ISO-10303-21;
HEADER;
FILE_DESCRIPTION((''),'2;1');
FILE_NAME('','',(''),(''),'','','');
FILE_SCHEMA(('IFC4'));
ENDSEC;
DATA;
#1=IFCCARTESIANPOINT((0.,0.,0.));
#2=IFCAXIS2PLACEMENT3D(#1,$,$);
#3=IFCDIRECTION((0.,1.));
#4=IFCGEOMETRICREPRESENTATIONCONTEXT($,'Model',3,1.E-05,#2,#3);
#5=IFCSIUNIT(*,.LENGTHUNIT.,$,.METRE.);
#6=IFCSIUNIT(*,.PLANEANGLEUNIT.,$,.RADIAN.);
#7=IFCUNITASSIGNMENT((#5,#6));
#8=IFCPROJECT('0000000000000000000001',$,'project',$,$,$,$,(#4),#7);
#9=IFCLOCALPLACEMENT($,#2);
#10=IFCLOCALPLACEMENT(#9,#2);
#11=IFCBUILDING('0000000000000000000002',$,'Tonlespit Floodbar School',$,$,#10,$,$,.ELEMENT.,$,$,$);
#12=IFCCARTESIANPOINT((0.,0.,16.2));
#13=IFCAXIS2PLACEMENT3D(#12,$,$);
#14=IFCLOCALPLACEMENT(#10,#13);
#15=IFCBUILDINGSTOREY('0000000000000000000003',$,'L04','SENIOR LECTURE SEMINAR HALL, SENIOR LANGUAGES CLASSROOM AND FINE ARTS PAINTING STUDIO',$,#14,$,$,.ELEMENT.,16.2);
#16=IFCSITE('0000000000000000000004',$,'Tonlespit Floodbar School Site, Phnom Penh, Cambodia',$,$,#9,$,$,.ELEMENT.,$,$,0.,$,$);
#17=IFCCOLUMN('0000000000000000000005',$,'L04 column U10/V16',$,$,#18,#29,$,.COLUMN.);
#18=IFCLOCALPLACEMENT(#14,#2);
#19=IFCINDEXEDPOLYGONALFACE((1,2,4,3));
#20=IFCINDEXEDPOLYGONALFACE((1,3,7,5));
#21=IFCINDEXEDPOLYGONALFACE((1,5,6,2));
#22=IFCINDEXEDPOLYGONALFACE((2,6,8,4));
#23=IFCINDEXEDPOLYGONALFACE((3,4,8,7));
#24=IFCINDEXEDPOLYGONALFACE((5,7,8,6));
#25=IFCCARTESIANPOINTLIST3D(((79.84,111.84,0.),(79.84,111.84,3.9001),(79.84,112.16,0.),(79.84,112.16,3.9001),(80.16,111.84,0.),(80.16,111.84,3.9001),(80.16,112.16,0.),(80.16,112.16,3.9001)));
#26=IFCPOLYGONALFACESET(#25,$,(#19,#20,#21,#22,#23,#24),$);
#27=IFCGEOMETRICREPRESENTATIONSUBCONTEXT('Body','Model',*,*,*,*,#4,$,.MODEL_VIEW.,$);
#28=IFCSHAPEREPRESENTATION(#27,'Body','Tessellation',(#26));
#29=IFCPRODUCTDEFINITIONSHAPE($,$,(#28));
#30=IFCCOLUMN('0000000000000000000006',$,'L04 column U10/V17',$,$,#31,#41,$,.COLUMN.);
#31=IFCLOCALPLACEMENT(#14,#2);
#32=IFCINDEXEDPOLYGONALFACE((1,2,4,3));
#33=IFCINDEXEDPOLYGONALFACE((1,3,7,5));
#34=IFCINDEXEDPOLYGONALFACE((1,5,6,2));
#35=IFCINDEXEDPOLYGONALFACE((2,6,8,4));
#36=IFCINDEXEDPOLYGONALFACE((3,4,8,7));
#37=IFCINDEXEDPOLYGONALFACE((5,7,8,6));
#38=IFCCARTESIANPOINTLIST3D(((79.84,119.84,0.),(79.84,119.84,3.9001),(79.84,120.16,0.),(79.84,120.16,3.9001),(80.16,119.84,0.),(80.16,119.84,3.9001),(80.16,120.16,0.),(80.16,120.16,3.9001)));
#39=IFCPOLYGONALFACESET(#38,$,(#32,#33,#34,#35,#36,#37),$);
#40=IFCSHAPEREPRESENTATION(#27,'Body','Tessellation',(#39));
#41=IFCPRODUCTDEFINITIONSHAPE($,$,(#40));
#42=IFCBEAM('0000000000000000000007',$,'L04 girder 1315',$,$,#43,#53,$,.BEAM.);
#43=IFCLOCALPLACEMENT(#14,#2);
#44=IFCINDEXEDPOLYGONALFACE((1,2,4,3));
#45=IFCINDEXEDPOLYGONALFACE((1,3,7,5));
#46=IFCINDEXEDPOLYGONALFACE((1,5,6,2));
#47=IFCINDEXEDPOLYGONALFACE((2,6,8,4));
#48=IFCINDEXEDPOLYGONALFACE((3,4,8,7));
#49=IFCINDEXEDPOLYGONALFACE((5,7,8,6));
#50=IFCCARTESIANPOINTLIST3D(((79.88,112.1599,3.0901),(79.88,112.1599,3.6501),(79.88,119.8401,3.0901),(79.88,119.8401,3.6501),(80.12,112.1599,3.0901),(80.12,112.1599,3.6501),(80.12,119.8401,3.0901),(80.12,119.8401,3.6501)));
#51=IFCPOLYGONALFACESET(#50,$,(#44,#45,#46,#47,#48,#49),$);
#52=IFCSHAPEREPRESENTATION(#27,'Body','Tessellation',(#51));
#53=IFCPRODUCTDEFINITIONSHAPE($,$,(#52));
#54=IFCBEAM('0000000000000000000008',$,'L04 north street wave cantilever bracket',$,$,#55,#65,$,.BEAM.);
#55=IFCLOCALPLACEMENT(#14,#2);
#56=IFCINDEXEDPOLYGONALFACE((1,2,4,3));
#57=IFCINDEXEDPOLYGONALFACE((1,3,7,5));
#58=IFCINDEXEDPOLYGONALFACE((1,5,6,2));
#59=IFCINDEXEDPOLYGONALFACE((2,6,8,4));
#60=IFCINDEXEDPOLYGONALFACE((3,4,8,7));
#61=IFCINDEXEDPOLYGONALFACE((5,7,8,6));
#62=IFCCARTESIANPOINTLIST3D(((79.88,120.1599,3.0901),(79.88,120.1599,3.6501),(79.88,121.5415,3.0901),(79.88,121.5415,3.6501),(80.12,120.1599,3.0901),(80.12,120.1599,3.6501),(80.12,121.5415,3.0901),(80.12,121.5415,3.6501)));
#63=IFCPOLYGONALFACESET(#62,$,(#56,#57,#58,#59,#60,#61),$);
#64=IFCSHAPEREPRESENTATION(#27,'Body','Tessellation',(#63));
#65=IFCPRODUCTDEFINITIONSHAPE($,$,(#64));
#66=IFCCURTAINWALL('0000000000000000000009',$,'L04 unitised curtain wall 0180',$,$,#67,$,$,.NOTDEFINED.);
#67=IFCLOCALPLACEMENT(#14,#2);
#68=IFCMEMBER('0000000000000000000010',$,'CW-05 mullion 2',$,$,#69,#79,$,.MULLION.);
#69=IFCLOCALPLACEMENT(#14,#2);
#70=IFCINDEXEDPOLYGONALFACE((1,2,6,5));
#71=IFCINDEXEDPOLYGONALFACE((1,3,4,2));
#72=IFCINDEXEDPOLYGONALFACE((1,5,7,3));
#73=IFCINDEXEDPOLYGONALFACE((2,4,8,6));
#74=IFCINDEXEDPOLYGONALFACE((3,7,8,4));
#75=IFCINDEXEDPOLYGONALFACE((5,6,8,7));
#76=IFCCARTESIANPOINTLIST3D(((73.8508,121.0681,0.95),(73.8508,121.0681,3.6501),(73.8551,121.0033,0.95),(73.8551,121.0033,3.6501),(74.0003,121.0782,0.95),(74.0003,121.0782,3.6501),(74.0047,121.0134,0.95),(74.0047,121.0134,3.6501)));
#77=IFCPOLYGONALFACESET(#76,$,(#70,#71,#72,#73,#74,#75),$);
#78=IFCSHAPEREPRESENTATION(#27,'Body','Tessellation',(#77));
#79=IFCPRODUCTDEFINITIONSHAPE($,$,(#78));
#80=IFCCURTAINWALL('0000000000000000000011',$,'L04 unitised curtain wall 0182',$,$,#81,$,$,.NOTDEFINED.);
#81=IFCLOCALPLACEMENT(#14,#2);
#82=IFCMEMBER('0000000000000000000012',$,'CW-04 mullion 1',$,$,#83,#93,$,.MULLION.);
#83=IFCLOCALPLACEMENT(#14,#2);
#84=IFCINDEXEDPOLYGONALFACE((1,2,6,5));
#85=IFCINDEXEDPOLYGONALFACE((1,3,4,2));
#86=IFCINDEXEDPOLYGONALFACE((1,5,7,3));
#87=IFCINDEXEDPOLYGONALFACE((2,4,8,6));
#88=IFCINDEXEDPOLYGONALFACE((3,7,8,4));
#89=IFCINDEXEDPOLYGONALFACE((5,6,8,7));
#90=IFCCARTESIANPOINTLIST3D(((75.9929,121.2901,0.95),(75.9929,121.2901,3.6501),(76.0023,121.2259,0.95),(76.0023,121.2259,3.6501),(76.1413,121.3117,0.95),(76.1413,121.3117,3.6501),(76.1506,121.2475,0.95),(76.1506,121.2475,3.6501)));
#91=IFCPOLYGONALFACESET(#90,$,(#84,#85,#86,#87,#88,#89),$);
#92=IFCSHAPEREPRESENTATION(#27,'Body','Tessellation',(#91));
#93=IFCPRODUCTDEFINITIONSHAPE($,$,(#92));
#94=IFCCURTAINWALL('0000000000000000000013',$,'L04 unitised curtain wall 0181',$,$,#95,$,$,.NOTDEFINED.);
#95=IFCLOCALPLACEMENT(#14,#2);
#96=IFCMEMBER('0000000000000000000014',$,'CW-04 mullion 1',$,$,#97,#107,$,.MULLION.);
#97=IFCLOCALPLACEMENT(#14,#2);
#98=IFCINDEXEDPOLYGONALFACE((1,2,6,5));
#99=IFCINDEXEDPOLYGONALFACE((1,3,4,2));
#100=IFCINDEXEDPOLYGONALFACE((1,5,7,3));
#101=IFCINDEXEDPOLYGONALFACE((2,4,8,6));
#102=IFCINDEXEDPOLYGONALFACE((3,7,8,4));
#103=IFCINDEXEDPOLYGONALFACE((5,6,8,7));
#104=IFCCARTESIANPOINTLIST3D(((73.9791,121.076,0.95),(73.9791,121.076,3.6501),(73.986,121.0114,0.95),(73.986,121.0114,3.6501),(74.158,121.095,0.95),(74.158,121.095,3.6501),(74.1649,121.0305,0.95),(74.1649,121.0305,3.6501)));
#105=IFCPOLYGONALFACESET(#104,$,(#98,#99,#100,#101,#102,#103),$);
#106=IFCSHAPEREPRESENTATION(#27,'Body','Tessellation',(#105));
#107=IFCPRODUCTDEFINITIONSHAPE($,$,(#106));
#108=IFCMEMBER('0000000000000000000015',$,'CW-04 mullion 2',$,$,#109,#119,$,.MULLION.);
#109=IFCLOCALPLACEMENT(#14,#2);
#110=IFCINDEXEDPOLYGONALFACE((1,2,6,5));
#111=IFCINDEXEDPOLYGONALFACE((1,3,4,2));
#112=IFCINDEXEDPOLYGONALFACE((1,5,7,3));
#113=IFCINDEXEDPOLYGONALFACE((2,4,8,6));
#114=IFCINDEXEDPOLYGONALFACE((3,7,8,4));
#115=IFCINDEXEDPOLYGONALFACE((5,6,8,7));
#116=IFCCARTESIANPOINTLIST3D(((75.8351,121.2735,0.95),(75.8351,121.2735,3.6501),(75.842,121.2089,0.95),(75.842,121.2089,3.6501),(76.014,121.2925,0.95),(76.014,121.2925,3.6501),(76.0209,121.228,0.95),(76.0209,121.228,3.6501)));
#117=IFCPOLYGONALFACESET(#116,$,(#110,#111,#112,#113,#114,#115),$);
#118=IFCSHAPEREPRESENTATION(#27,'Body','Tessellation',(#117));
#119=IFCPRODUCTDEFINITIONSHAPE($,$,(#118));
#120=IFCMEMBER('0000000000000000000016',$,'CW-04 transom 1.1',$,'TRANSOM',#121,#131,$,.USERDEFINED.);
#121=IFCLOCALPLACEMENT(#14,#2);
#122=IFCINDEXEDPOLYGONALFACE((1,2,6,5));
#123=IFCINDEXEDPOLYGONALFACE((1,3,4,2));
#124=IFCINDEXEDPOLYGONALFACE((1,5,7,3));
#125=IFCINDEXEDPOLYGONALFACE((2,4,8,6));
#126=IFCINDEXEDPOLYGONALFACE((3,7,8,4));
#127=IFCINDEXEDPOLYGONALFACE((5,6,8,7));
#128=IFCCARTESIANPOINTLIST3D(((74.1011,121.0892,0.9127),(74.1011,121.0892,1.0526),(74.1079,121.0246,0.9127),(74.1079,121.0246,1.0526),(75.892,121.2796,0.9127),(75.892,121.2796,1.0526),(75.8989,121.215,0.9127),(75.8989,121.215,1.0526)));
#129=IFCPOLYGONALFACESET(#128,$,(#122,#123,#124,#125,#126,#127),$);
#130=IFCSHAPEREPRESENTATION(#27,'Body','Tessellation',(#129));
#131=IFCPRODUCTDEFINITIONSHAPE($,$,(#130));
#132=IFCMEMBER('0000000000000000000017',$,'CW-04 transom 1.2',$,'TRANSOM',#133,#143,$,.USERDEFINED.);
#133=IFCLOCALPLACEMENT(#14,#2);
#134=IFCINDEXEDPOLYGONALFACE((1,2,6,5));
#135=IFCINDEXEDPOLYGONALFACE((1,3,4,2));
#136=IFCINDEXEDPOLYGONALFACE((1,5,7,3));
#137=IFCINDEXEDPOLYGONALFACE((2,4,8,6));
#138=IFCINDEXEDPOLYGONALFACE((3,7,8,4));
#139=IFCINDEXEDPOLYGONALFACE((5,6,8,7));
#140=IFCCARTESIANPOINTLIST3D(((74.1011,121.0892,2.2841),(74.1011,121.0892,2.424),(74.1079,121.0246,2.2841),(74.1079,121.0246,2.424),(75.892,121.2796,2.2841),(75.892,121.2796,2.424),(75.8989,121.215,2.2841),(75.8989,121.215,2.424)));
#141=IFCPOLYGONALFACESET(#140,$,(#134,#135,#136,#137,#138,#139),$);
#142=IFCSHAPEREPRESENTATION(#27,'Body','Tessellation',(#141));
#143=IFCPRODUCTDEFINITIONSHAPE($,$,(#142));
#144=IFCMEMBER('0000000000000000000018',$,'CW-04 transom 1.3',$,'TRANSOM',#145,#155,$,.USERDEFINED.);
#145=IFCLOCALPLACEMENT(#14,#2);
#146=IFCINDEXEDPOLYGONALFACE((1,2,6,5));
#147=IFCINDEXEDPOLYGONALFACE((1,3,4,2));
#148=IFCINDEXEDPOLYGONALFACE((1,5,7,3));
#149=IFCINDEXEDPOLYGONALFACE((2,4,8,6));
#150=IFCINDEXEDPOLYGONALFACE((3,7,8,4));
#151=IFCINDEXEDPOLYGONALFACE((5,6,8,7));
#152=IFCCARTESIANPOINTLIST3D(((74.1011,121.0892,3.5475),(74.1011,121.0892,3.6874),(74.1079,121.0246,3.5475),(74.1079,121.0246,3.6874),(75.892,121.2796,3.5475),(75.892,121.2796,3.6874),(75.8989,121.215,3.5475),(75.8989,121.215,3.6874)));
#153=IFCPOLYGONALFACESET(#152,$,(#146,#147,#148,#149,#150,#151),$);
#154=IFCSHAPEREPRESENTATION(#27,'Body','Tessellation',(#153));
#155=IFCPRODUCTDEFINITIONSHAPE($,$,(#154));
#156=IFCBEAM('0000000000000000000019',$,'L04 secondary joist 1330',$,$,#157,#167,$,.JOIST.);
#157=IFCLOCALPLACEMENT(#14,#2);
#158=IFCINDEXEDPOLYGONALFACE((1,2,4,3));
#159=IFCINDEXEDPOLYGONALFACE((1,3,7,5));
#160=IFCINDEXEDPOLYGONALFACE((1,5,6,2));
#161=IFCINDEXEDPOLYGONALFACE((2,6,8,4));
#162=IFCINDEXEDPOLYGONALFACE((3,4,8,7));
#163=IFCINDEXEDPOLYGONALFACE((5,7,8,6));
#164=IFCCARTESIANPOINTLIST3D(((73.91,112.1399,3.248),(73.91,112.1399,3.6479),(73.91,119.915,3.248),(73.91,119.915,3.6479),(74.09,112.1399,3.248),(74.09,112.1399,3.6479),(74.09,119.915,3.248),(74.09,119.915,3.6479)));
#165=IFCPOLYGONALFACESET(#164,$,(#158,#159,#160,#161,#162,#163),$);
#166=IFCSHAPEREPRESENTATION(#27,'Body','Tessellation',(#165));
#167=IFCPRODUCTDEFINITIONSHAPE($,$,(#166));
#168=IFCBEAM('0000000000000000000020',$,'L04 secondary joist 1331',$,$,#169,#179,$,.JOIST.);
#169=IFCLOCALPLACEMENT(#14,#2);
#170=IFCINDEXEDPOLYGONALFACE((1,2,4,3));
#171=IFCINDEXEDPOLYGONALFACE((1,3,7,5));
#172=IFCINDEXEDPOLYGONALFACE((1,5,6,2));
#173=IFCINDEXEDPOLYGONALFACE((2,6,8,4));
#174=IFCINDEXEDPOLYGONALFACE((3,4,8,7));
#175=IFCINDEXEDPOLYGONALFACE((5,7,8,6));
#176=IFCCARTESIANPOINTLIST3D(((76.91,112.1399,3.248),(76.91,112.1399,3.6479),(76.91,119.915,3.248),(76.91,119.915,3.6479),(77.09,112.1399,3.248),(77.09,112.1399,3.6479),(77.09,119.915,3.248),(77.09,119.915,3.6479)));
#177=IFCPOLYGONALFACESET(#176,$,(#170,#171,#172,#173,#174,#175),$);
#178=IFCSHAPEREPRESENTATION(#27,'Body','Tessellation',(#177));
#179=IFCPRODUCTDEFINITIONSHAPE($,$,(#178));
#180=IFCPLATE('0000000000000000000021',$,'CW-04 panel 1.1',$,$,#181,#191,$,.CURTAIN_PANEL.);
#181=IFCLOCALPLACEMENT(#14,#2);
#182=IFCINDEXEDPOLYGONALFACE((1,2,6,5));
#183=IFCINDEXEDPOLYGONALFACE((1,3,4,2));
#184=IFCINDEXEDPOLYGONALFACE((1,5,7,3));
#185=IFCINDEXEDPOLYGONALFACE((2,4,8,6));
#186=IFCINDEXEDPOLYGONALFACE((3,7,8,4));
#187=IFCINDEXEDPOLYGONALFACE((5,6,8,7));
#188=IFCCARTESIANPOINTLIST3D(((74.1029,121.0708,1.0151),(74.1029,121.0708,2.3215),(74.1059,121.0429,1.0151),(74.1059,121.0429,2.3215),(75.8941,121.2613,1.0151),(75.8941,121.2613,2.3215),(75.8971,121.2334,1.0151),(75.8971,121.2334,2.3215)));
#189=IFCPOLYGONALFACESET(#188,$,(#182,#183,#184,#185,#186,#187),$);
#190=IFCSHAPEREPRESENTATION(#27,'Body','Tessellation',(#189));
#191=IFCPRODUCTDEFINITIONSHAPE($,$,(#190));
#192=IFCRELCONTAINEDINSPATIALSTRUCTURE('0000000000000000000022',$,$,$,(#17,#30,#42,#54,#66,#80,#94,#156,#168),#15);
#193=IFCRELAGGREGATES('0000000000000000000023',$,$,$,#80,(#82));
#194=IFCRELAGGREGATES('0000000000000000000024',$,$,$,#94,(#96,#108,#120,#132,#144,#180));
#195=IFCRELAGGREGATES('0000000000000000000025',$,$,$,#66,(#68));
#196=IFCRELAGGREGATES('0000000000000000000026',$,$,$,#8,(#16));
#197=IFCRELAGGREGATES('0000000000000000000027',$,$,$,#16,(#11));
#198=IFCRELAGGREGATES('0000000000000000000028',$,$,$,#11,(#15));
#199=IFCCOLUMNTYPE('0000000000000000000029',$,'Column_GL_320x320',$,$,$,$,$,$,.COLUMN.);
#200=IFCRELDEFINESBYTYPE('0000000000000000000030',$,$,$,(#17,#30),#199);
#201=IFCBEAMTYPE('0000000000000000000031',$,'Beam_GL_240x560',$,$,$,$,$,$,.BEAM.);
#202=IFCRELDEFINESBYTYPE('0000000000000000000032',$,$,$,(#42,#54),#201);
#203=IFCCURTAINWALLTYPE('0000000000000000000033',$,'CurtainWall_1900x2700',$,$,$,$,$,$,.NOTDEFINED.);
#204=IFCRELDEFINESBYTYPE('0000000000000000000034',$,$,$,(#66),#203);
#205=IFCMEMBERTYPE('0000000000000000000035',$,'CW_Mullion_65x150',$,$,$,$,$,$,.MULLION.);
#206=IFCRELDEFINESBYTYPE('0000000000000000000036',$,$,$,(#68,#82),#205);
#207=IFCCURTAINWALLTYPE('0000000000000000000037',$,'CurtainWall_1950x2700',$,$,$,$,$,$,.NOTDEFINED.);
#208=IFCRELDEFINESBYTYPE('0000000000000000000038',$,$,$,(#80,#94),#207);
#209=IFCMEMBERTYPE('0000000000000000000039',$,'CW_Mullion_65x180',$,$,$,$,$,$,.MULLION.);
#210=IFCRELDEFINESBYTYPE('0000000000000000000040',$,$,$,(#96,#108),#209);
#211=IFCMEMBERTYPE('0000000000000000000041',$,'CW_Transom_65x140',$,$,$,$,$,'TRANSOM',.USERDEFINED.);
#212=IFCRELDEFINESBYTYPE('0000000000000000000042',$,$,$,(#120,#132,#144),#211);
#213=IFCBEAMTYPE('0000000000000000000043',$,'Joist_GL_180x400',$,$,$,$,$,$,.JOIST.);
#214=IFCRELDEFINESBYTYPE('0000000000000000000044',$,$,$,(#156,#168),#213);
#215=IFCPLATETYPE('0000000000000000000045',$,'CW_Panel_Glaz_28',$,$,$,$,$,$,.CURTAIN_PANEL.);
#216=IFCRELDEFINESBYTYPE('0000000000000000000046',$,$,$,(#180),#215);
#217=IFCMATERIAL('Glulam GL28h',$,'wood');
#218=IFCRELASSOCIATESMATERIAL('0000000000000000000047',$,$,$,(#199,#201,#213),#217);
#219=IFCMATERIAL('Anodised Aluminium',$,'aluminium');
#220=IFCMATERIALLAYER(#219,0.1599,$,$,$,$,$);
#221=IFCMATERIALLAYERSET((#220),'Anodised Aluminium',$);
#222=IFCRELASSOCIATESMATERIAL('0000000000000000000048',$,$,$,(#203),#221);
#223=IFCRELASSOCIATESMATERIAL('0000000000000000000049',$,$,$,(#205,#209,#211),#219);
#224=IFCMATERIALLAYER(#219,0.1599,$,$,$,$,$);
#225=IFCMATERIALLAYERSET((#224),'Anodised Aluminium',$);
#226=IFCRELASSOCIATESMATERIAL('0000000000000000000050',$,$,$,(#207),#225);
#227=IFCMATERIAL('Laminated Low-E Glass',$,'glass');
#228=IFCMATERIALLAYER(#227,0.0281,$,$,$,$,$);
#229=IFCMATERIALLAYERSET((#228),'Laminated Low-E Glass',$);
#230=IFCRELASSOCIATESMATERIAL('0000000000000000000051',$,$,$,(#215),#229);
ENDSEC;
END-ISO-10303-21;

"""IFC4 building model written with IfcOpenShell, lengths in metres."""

from ifc_helpers import new_model, si_unit, direction, frame, origin, origin_2d, place, context, subcontext, project, spatial, rectangle, extrude, material, layer, layer_set, material_profile, profile_set, type_object, element, aggregate, save


model = new_model("IFC4")

# Units and contexts
model_context = context("Model", 3, precision=1e-05, world=origin(), true_north=direction((0.0, 1.0)))
body_context = subcontext(model_context, "Body", "Model", "MODEL_VIEW")
ifc_project = project(units=[si_unit("LENGTHUNIT", "METRE"), si_unit("PLANEANGLEUNIT", "RADIAN")], contexts=[model_context])

# Site, building, storey
site_placement = place(None, origin())
site = spatial("IfcSite", under=ifc_project, at=site_placement, Name="Tonlespit Floodbar School Site, Phnom Penh, Cambodia", CompositionType="ELEMENT", RefElevation=0.0)
building_placement = place(site_placement, origin())
building = spatial("IfcBuilding", under=site, at=building_placement, Name="Tonlespit Floodbar School", CompositionType="ELEMENT")
storey_placement = place(building_placement, frame((0.0, 0.0, 16.2)))
storey = spatial("IfcBuildingStorey", under=building, at=storey_placement, Name="L04", Description="SENIOR LECTURE SEMINAR HALL, SENIOR LANGUAGES CLASSROOM AND FINE ARTS PAINTING STUDIO", CompositionType="ELEMENT", Elevation=16.2)

# Columns
ifc_material_1 = material(Name="Glulam GL28h", Category="wood")
ifc_material_profile_1 = material_profile(ifc_material_1, rectangle(XDim=0.3201, YDim=0.3201, at=origin_2d()), Name="GL 320x320")
ifc_profile_set_1 = profile_set([ifc_material_profile_1], Name="Glulam GL28h")
column_type = type_object("IfcColumnType", Name="Column_GL_320x320", PredefinedType="COLUMN", material=ifc_profile_set_1)
for number, where, z_axis, x_axis, name in (
    (1, (80.0, 112.0, 0.0), (0.0, 0.0, 1.0), (1.0, 0.0, 0.0), "L04 column U10/V16"),
    (2, (80.0, 120.0, 0.0), (0.0, 0.0, 1.0), (1.0, 0.0, 0.0), "L04 column U10/V17"),
):
    element("IfcColumn", number, at=place(storey_placement, frame(where, z_axis=z_axis, x_axis=x_axis)), inside=storey, type_object=column_type, Name=name, PredefinedType="COLUMN", context=body_context, shape_type="SweptSolid", body=[
        extrude(rectangle(XDim=0.3201, YDim=0.3201, at=origin_2d()), origin(), (0.0, 0.0, 1.0), 3.9001),
    ])

# Beams
ifc_material_profile_2 = material_profile(ifc_material_1, rectangle(XDim=0.24, YDim=0.5601, at=origin_2d()), Name="GL 240x560")
ifc_profile_set_2 = profile_set([ifc_material_profile_2], Name="Glulam GL28h")
beam_type_1 = type_object("IfcBeamType", Name="Beam_GL_240x560", PredefinedType="BEAM", material=ifc_profile_set_2)
beam_1_placement = place(storey_placement, frame((80.0, 112.1599, 3.3701), z_axis=(0.0, 1.0, 0.0), x_axis=(-1.0, 0.0, 0.0)))
element("IfcBeam", 3, at=beam_1_placement, inside=storey, type_object=beam_type_1, Name="L04 girder 1315", PredefinedType="BEAM", context=body_context, shape_type="SweptSolid", body=[
    extrude(rectangle(XDim=0.24, YDim=0.5601, at=origin_2d()), origin(), (0.0, 0.0, 1.0), 7.6802),
])
beam_2_placement = place(storey_placement, frame((80.0, 120.1599, 3.3701), z_axis=(0.0, 1.0, 0.0), x_axis=(-1.0, 0.0, 0.0)))
element("IfcBeam", 4, at=beam_2_placement, inside=storey, type_object=beam_type_1, Name="L04 north street wave cantilever bracket", PredefinedType="BEAM", context=body_context, shape_type="SweptSolid", body=[
    extrude(rectangle(XDim=0.24, YDim=0.5601, at=origin_2d()), origin(), (0.0, 0.0, 1.0), 1.3816),
])

# Curtain walls, members
ifc_material_2 = material(Name="Anodised Aluminium", Category="aluminium")
ifc_layer_1 = layer(ifc_material_2, 0.1599)
ifc_layer_set_1 = layer_set([ifc_layer_1], Name="Anodised Aluminium")
curtain_wall_type_1 = type_object("IfcCurtainWallType", Name="CurtainWall_1900x2700", PredefinedType="NOTDEFINED", material=ifc_layer_set_1)
curtain_wall_1_placement = place(storey_placement, origin())
curtain_wall_1 = element("IfcCurtainWall", 5, at=curtain_wall_1_placement, inside=storey, type_object=curtain_wall_type_1, Name="L04 unitised curtain wall 0180", PredefinedType="NOTDEFINED")
ifc_material_profile_3 = material_profile(ifc_material_2, rectangle(XDim=0.0649, YDim=0.1499, at=origin_2d()), Name="ALU M65x150")
ifc_profile_set_3 = profile_set([ifc_material_profile_3], Name="Anodised Aluminium")
member_type_1 = type_object("IfcMemberType", Name="CW_Mullion_65x150", PredefinedType="MULLION", material=ifc_profile_set_3)
member_1_placement = place(storey_placement, frame((73.9277, 121.0408, 0.95), z_axis=(0.0, 0.0, 1.0), x_axis=(-0.06734, 0.99773, 0.0)))
member_1 = element("IfcMember", 6, at=member_1_placement, type_object=member_type_1, Name="CW-05 mullion 2", PredefinedType="MULLION", context=body_context, shape_type="SweptSolid", body=[
    extrude(rectangle(XDim=0.0649, YDim=0.1499, at=origin_2d()), origin(), (0.0, 0.0, 1.0), 2.7002),
])
ifc_layer_2 = layer(ifc_material_2, 0.1599)
ifc_layer_set_2 = layer_set([ifc_layer_2], Name="Anodised Aluminium")
curtain_wall_type_2 = type_object("IfcCurtainWallType", Name="CurtainWall_1950x2700", PredefinedType="NOTDEFINED", material=ifc_layer_set_2)
curtain_wall_2_placement = place(storey_placement, origin())
curtain_wall_2 = element("IfcCurtainWall", 7, at=curtain_wall_2_placement, inside=storey, type_object=curtain_wall_type_2, Name="L04 unitised curtain wall 0182", PredefinedType="NOTDEFINED")
member_2_placement = place(storey_placement, frame((76.0718, 121.2688, 0.95), z_axis=(0.0, 0.0, 1.0), x_axis=(-0.144248, 0.989542, 0.0)))
member_2 = element("IfcMember", 8, at=member_2_placement, type_object=member_type_1, Name="CW-04 mullion 1", PredefinedType="MULLION", context=body_context, shape_type="SweptSolid", body=[
    extrude(rectangle(XDim=0.0649, YDim=0.1499, at=origin_2d()), origin(), (0.0, 0.0, 1.0), 2.7002),
])
aggregate(curtain_wall_2, [member_2])

# Curtain wall, members
curtain_wall_3_placement = place(storey_placement, origin())
curtain_wall_3 = element("IfcCurtainWall", 9, at=curtain_wall_3_placement, inside=storey, type_object=curtain_wall_type_2, Name="L04 unitised curtain wall 0181", PredefinedType="NOTDEFINED")
ifc_material_profile_4 = material_profile(ifc_material_2, rectangle(XDim=0.0649, YDim=0.1799, at=origin_2d()), Name="ALU M65x180")
ifc_profile_set_4 = profile_set([ifc_material_profile_4], Name="Anodised Aluminium")
member_type_2 = type_object("IfcMemberType", Name="CW_Mullion_65x180", PredefinedType="MULLION", material=ifc_profile_set_4)
member_3_placement = place(storey_placement, frame((74.072, 121.0532, 0.95), z_axis=(0.0, 0.0, 1.0), x_axis=(-0.105787, 0.994389, 0.0)))
member_3 = element("IfcMember", 10, at=member_3_placement, type_object=member_type_2, Name="CW-04 mullion 1", PredefinedType="MULLION", context=body_context, shape_type="SweptSolid", body=[
    extrude(rectangle(XDim=0.0649, YDim=0.1799, at=origin_2d()), origin(), (0.0, 0.0, 1.0), 2.7002),
])
member_4_placement = place(storey_placement, frame((75.928, 121.2507, 0.95), z_axis=(0.0, 0.0, 1.0), x_axis=(-0.105787, 0.994389, 0.0)))
member_4 = element("IfcMember", 11, at=member_4_placement, type_object=member_type_2, Name="CW-04 mullion 2", PredefinedType="MULLION", context=body_context, shape_type="SweptSolid", body=[
    extrude(rectangle(XDim=0.0649, YDim=0.1799, at=origin_2d()), origin(), (0.0, 0.0, 1.0), 2.7002),
])
ifc_material_profile_5 = material_profile(ifc_material_2, rectangle(XDim=0.0649, YDim=0.1399, at=origin_2d()), Name="ALU T65x140")
ifc_profile_set_5 = profile_set([ifc_material_profile_5], Name="Anodised Aluminium")
member_type_3 = type_object("IfcMemberType", Name="CW_Transom_65x140", ElementType="TRANSOM", PredefinedType="USERDEFINED", material=ifc_profile_set_5)
member_5_placement = place(storey_placement, frame((74.1045, 121.0569, 0.9827), z_axis=(0.994395, 0.105729, 0.0), x_axis=(-0.105729, 0.994395, 0.0)))
member_5 = element("IfcMember", 12, at=member_5_placement, type_object=member_type_3, Name="CW-04 transom 1.1", ObjectType="TRANSOM", PredefinedType="USERDEFINED", context=body_context, shape_type="SweptSolid", body=[
    extrude(rectangle(XDim=0.0649, YDim=0.1399, at=origin_2d()), origin(), (0.0, 0.0, 1.0), 1.801),
])
member_6_placement = place(storey_placement, frame((74.1045, 121.0569, 2.354), z_axis=(0.994395, 0.105729, 0.0), x_axis=(-0.105729, 0.994395, 0.0)))
member_6 = element("IfcMember", 13, at=member_6_placement, type_object=member_type_3, Name="CW-04 transom 1.2", ObjectType="TRANSOM", PredefinedType="USERDEFINED", context=body_context, shape_type="SweptSolid", body=[
    extrude(rectangle(XDim=0.0649, YDim=0.1399, at=origin_2d()), origin(), (0.0, 0.0, 1.0), 1.801),
])
member_7_placement = place(storey_placement, frame((74.1045, 121.0569, 3.6174), z_axis=(0.994395, 0.105729, 0.0), x_axis=(-0.105729, 0.994395, 0.0)))
member_7 = element("IfcMember", 14, at=member_7_placement, type_object=member_type_3, Name="CW-04 transom 1.3", ObjectType="TRANSOM", PredefinedType="USERDEFINED", context=body_context, shape_type="SweptSolid", body=[
    extrude(rectangle(XDim=0.0649, YDim=0.1399, at=origin_2d()), origin(), (0.0, 0.0, 1.0), 1.801),
])

# Beams
ifc_material_profile_6 = material_profile(ifc_material_1, rectangle(XDim=0.1799, YDim=0.3999, at=origin_2d()), Name="GL 180x400")
ifc_profile_set_6 = profile_set([ifc_material_profile_6], Name="Glulam GL28h")
beam_type_2 = type_object("IfcBeamType", Name="Joist_GL_180x400", PredefinedType="JOIST", material=ifc_profile_set_6)
for number, where, z_axis, x_axis, name in (
    (15, (74.0, 112.1399, 3.448), (0.0, 1.0, 0.0), (-1.0, 0.0, 0.0), "L04 secondary joist 1330"),
    (16, (77.0, 112.1399, 3.448), (0.0, 1.0, 0.0), (-1.0, 0.0, 0.0), "L04 secondary joist 1331"),
):
    element("IfcBeam", number, at=place(storey_placement, frame(where, z_axis=z_axis, x_axis=x_axis)), inside=storey, type_object=beam_type_2, Name=name, PredefinedType="JOIST", context=body_context, shape_type="SweptSolid", body=[
        extrude(rectangle(XDim=0.1799, YDim=0.3999, at=origin_2d()), origin(), (0.0, 0.0, 1.0), 7.7751),
    ])

# Plate
ifc_material_3 = material(Name="Laminated Low-E Glass", Category="glass")
ifc_layer_3 = layer(ifc_material_3, 0.0281)
ifc_layer_set_3 = layer_set([ifc_layer_3], Name="Laminated Low-E Glass")
plate_type_1 = type_object("IfcPlateType", Name="CW_Panel_Glaz_28", PredefinedType="CURTAIN_PANEL", material=ifc_layer_set_3)
plate_1_placement = place(storey_placement, frame((75.0, 121.1521, 1.0151), z_axis=(0.0, 0.0, 1.0), x_axis=(0.994389, 0.105787, 0.0)))
plate_1 = element("IfcPlate", 17, at=plate_1_placement, type_object=plate_type_1, Name="CW-04 panel 1.1", PredefinedType="CURTAIN_PANEL", context=body_context, shape_type="SweptSolid", body=[
    extrude(rectangle(XDim=1.8013, YDim=0.0281, at=origin_2d()), origin(), (0.0, 0.0, 1.0), 1.3064),
])
aggregate(curtain_wall_3, [member_3, member_4, member_5, member_6, member_7, plate_1])
aggregate(curtain_wall_1, [member_1])

save(model, "model.ifc")
